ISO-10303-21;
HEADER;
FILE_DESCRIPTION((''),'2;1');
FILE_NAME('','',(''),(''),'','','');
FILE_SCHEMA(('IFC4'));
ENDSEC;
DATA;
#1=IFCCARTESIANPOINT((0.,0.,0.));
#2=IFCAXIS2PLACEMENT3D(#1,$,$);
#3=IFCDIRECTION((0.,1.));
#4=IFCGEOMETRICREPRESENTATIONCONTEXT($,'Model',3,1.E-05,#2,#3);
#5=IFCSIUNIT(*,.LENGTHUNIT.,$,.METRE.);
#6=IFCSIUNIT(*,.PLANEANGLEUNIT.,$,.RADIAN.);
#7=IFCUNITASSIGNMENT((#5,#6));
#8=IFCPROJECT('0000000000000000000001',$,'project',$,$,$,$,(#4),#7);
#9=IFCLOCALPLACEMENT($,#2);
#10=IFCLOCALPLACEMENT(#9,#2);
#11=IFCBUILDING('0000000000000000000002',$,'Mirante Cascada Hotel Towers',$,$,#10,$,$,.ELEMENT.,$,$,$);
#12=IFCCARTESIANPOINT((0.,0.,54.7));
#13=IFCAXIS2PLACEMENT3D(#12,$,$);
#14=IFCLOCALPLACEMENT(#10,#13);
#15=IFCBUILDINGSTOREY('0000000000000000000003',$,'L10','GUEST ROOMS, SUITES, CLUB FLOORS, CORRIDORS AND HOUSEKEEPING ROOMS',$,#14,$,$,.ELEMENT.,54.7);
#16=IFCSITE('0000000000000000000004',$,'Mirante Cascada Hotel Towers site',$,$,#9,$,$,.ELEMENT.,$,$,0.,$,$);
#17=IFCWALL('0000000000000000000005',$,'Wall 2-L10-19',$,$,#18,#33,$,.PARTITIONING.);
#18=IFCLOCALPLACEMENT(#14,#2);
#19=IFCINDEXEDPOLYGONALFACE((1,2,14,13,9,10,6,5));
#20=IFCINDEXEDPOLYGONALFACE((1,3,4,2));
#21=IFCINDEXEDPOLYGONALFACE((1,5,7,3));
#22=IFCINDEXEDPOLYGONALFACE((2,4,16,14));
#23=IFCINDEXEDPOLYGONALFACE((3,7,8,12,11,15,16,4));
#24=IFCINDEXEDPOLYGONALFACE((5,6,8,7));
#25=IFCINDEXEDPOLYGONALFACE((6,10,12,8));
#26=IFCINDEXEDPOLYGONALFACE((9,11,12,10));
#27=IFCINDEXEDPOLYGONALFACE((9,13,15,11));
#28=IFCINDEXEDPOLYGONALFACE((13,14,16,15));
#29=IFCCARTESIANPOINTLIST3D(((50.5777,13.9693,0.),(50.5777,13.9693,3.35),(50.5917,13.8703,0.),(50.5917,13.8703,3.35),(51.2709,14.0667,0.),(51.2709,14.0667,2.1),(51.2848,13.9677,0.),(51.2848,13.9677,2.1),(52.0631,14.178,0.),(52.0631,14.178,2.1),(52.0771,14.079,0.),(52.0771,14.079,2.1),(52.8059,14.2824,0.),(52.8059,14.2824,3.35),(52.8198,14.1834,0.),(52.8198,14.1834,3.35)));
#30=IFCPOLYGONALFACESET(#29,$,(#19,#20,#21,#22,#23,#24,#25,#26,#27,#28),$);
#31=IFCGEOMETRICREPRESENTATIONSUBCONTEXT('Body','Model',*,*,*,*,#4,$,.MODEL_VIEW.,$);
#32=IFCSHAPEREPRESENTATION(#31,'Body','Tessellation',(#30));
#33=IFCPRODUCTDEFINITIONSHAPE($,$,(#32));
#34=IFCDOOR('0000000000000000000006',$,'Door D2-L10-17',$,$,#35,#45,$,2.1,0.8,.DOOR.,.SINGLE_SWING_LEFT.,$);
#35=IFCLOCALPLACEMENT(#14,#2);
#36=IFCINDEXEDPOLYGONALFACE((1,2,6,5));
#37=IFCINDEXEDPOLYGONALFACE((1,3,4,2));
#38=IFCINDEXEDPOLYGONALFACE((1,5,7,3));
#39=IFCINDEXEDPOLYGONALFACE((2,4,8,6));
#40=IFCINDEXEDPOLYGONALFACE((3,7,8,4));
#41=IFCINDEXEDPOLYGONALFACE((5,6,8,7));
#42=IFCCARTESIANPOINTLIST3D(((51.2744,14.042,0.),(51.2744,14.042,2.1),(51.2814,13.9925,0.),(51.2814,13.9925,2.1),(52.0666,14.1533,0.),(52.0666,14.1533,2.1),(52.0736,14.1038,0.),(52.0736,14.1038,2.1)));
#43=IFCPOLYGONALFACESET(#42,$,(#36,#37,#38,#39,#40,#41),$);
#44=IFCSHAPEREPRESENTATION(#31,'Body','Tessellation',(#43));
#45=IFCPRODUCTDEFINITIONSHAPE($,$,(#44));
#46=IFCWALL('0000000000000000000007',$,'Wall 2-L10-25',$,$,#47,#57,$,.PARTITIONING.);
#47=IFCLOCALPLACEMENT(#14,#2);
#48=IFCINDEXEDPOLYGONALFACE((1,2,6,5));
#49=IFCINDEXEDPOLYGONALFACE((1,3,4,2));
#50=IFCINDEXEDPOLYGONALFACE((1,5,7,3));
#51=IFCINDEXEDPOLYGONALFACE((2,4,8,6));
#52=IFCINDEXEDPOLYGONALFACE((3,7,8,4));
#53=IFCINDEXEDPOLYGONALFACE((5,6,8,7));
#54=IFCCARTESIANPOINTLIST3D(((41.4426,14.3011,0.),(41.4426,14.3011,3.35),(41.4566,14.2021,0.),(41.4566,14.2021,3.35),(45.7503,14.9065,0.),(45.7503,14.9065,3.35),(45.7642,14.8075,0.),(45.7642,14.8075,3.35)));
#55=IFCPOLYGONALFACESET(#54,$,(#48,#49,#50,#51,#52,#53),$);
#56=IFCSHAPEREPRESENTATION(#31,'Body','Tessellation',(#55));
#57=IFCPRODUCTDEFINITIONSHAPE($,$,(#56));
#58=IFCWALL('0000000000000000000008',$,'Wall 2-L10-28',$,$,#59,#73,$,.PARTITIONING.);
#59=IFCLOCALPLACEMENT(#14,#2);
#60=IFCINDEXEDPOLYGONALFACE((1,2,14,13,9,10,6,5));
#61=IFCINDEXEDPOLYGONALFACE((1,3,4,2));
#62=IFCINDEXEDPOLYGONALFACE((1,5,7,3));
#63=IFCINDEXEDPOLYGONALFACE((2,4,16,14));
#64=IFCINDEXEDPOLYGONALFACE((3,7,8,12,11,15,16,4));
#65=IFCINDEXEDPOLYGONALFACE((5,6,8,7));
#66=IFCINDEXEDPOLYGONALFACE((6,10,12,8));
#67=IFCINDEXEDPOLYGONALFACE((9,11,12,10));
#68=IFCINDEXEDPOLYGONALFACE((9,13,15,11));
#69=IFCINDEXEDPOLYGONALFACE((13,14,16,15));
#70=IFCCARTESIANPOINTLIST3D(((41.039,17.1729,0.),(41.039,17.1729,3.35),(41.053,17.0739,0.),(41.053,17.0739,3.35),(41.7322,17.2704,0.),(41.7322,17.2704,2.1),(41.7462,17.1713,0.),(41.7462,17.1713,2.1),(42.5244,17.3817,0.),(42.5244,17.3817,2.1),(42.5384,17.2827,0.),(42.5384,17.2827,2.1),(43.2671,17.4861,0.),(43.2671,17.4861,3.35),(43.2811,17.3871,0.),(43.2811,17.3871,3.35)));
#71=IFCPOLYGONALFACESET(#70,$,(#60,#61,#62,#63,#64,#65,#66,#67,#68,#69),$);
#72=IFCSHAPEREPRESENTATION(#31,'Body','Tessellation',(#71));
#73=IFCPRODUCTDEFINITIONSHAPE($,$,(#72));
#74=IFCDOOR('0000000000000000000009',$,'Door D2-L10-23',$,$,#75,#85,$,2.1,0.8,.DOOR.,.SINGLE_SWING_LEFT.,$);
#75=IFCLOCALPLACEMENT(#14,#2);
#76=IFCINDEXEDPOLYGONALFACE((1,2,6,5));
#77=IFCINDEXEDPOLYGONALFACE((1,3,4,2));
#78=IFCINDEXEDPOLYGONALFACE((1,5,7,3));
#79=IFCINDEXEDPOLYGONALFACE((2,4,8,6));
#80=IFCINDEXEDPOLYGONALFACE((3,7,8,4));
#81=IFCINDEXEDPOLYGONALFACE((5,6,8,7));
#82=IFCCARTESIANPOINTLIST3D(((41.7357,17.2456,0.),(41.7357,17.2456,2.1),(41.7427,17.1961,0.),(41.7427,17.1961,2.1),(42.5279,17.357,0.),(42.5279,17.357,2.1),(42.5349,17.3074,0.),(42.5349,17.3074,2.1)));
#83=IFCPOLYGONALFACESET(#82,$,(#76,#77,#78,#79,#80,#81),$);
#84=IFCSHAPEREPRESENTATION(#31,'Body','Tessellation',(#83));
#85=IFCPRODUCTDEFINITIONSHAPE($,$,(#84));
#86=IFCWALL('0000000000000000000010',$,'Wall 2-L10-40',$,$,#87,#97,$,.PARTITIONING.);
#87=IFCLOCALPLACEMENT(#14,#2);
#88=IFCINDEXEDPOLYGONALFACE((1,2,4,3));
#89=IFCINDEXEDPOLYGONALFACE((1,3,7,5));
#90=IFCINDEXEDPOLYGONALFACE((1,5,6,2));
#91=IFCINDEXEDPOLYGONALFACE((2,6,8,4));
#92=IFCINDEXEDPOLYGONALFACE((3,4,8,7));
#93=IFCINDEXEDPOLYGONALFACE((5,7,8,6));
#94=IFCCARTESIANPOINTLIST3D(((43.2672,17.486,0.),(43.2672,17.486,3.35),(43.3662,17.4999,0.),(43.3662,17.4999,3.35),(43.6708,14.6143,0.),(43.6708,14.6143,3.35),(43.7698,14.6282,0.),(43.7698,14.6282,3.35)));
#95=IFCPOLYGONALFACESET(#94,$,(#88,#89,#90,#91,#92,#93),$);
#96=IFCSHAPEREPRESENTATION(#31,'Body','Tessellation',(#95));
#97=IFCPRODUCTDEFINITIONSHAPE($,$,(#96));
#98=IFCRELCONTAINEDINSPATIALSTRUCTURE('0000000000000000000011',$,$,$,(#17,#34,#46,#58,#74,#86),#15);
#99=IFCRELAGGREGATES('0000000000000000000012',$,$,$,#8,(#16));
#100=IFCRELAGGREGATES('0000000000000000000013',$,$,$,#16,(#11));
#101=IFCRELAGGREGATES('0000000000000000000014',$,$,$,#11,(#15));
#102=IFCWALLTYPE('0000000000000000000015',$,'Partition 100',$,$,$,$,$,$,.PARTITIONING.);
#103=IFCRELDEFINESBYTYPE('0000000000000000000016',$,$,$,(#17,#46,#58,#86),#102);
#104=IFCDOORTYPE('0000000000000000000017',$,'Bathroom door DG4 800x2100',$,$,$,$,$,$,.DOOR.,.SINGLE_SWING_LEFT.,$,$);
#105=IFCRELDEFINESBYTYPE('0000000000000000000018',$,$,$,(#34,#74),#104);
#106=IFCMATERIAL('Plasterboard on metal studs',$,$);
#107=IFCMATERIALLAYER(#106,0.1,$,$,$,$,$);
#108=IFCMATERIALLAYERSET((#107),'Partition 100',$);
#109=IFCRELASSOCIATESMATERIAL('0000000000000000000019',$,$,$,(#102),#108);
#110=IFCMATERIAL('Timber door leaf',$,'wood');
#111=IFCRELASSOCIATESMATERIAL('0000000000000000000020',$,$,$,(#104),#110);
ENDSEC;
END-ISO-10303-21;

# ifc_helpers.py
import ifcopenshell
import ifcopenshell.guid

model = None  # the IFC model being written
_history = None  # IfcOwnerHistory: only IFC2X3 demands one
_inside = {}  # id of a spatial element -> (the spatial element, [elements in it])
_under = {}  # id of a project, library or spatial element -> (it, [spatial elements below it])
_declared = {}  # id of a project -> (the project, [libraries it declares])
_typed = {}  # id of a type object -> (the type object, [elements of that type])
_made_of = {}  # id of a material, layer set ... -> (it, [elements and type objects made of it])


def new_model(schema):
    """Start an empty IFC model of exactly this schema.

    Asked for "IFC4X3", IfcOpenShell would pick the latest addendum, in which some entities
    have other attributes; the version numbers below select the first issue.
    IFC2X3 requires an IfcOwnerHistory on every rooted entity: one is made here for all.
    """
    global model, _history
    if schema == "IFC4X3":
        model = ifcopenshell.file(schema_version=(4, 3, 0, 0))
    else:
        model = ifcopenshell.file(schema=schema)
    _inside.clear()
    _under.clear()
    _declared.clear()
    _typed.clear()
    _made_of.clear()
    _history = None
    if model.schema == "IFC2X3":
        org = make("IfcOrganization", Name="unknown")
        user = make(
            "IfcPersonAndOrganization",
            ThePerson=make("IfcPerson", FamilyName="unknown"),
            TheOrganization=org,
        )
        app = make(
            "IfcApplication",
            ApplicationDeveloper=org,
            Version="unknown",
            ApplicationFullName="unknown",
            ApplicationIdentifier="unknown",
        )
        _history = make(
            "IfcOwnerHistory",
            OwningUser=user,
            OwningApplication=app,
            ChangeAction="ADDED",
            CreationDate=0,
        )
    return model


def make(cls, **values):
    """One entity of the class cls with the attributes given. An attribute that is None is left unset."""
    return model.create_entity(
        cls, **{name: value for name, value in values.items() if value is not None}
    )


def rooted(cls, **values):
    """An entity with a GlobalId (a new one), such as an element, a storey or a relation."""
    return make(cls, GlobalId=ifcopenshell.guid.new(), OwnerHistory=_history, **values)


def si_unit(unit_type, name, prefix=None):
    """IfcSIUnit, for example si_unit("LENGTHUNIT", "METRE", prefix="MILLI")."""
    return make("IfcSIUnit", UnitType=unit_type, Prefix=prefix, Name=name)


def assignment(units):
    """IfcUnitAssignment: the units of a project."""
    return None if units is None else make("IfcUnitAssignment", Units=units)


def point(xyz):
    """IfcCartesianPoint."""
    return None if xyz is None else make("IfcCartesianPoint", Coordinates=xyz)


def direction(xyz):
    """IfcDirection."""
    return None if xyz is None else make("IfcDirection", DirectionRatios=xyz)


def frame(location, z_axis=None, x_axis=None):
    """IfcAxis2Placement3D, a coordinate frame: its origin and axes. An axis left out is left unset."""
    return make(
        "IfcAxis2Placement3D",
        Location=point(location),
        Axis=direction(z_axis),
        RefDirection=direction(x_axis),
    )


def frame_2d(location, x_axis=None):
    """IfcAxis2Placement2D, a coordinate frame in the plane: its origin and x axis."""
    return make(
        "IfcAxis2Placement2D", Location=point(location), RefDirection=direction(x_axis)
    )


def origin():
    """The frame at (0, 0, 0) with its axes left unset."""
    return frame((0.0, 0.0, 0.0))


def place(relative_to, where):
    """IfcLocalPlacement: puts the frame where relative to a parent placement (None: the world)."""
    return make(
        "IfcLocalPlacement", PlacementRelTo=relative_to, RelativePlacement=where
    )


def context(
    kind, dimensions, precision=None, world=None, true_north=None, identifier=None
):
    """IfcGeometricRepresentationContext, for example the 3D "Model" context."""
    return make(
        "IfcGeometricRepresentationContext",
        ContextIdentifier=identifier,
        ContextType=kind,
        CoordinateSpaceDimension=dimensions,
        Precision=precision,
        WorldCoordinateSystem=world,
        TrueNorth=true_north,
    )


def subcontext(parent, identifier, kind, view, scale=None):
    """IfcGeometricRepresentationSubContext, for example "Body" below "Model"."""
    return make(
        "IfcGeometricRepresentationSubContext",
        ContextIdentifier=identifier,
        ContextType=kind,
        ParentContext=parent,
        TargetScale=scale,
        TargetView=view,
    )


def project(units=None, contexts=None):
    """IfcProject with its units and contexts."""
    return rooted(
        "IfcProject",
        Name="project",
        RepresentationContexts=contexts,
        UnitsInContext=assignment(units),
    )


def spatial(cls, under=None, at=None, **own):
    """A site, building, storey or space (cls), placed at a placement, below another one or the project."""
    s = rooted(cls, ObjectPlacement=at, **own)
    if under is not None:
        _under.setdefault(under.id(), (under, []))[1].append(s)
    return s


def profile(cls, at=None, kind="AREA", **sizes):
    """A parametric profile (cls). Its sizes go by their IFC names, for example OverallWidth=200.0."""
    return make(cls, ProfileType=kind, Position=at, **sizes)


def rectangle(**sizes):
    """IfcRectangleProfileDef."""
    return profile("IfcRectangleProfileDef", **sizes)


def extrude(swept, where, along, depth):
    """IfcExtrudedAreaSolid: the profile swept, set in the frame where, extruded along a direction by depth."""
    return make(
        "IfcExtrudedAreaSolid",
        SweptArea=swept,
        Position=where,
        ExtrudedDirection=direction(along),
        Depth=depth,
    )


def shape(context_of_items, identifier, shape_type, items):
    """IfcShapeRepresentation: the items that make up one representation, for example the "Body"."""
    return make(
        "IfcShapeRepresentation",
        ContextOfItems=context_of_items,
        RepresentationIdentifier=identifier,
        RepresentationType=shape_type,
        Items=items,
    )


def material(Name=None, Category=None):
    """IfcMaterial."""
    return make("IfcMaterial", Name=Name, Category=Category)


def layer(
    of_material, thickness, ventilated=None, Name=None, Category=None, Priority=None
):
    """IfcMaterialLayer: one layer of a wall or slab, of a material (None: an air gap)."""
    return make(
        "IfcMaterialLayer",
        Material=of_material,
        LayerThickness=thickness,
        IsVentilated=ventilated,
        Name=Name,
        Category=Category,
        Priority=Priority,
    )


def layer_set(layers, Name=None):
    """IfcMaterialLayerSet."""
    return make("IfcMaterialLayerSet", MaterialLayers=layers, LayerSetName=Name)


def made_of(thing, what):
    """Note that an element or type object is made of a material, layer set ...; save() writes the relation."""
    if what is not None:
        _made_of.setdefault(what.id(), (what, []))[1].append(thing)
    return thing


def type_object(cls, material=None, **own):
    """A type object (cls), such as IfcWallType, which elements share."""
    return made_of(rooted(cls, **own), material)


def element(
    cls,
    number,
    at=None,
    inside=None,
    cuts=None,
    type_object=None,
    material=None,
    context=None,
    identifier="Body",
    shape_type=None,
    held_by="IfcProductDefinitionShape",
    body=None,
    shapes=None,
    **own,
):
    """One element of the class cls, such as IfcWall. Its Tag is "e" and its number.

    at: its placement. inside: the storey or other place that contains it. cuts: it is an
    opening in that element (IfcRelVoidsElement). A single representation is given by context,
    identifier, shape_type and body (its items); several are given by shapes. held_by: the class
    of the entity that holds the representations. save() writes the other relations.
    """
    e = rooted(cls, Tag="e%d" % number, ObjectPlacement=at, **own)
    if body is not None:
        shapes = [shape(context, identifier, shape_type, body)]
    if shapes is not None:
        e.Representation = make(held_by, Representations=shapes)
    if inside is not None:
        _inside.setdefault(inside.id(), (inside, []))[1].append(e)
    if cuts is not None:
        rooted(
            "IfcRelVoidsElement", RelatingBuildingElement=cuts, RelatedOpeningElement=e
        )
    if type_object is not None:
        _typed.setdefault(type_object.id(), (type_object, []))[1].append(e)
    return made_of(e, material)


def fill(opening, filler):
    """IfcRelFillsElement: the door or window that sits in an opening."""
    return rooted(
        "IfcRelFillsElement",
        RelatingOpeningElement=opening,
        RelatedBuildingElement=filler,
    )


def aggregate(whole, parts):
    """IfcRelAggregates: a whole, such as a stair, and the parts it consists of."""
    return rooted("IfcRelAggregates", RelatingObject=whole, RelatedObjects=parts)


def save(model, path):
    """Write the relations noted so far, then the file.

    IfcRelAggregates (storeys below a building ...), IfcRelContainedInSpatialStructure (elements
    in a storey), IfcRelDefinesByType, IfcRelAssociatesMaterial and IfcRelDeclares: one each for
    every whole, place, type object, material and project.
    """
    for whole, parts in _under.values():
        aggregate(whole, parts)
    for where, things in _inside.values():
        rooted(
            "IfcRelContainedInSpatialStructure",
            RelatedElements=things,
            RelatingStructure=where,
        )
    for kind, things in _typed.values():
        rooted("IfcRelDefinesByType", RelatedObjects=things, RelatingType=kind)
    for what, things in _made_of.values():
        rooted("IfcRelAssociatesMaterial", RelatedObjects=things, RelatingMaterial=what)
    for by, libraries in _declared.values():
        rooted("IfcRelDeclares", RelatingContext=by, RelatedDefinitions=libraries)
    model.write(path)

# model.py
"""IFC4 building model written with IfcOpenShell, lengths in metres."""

from ifc_helpers import new_model, si_unit, direction, frame, frame_2d, origin, place, context, subcontext, project, spatial, rectangle, extrude, material, layer, layer_set, type_object, element, fill, save


model = new_model("IFC4")

# Units and contexts
model_context = context("Model", 3, precision=1e-05, world=origin(), true_north=direction((0.0, 1.0)))
body_context = subcontext(model_context, "Body", "Model", "MODEL_VIEW")
ifc_project = project(units=[si_unit("LENGTHUNIT", "METRE"), si_unit("PLANEANGLEUNIT", "RADIAN")], contexts=[model_context])

# Site, building, storey
site_placement = place(None, origin())
site = spatial("IfcSite", under=ifc_project, at=site_placement, Name="Mirante Cascada Hotel Towers site", CompositionType="ELEMENT", RefElevation=0.0)
building_placement = place(site_placement, origin())
building = spatial("IfcBuilding", under=site, at=building_placement, Name="Mirante Cascada Hotel Towers", CompositionType="ELEMENT")
storey_placement = place(building_placement, frame((0.0, 0.0, 54.7)))
storey = spatial("IfcBuildingStorey", under=building, at=storey_placement, Name="L10", Description="GUEST ROOMS, SUITES, CLUB FLOORS, CORRIDORS AND HOUSEKEEPING ROOMS", CompositionType="ELEMENT", Elevation=54.7)

# Wall, opening, door
ifc_material_1 = material(Name="Plasterboard on metal studs")
ifc_layer_1 = layer(ifc_material_1, 0.1)
ifc_layer_set_1 = layer_set([ifc_layer_1], Name="Partition 100")
wall_type_1 = type_object("IfcWallType", Name="Partition 100", PredefinedType="PARTITIONING", material=ifc_layer_set_1)
ifc_material_2 = material(Name="Timber door leaf", Category="wood")
door_type = type_object("IfcDoorType", Name="Bathroom door DG4 800x2100", OperationType="SINGLE_SWING_LEFT", PredefinedType="DOOR", material=ifc_material_2)
wall_1_placement = place(storey_placement, frame((50.5847, 13.9198, 0.0), z_axis=(0.0, 0.0, 1.0), x_axis=(0.990271, 0.139156, 0.0)))
wall_1 = element("IfcWall", 1, at=wall_1_placement, inside=storey, type_object=wall_type_1, Name="Wall 2-L10-19", PredefinedType="PARTITIONING", context=body_context, shape_type="SweptSolid", body=[
    extrude(rectangle(XDim=2.25, YDim=0.1, at=frame_2d((1.125, 0.0))), origin(), (0.0, 0.0, 1.0), 3.35),
])
opening_1_placement = place(wall_1_placement, frame((0.7, 0.0, 0.0)))
opening_1 = element("IfcOpeningElement", 2, at=opening_1_placement, cuts=wall_1, PredefinedType="OPENING", context=body_context, shape_type="SweptSolid", body=[
    extrude(rectangle(XDim=0.8, YDim=2.1, at=frame_2d((0.4, 1.05))), frame((0.0, 0.05, 0.0), z_axis=(0.0, -1.0, 0.0), x_axis=(1.0, 0.0, 0.0)), (0.0, 0.0, 1.0), 0.1),
])
door_1_placement = place(opening_1_placement, origin())
door_1 = element("IfcDoor", 3, at=door_1_placement, inside=storey, type_object=door_type, Name="Door D2-L10-17", OperationType="SINGLE_SWING_LEFT", OverallHeight=2.1, OverallWidth=0.8, PredefinedType="DOOR", context=body_context, shape_type="SweptSolid", body=[
    extrude(rectangle(XDim=0.8, YDim=2.1, at=frame_2d((0.4, 1.05))), frame((0.0, 0.025, 0.0), z_axis=(0.0, -1.0, 0.0), x_axis=(1.0, 0.0, 0.0)), (0.0, 0.0, 1.0), 0.05),
])
fill(opening_1, door_1)

# Wall
wall_2_placement = place(storey_placement, frame((41.4496, 14.2516, 0.0), z_axis=(0.0, 0.0, 1.0), x_axis=(0.990268, 0.139171, 0.0)))
element("IfcWall", 4, at=wall_2_placement, inside=storey, type_object=wall_type_1, Name="Wall 2-L10-25", PredefinedType="PARTITIONING", context=body_context, shape_type="SweptSolid", body=[
    extrude(rectangle(XDim=4.35, YDim=0.1, at=frame_2d((2.175, 0.0))), origin(), (0.0, 0.0, 1.0), 3.35),
])

# Wall, opening, door
wall_3_placement = place(storey_placement, frame((43.2741, 17.4366, 0.0), z_axis=(0.0, 0.0, 1.0), x_axis=(-0.990264, -0.1392, 0.0)))
wall_3 = element("IfcWall", 5, at=wall_3_placement, inside=storey, type_object=wall_type_1, Name="Wall 2-L10-28", PredefinedType="PARTITIONING", context=body_context, shape_type="SweptSolid", body=[
    extrude(rectangle(XDim=2.25, YDim=0.1, at=frame_2d((1.125, 0.0))), origin(), (0.0, 0.0, 1.0), 3.35),
])
opening_2_placement = place(wall_3_placement, frame((0.75, 0.0, 0.0)))
opening_2 = element("IfcOpeningElement", 6, at=opening_2_placement, cuts=wall_3, PredefinedType="OPENING", context=body_context, shape_type="SweptSolid", body=[
    extrude(rectangle(XDim=0.8, YDim=2.1, at=frame_2d((0.4, 1.05))), frame((0.0, 0.05, 0.0), z_axis=(0.0, -1.0, 0.0), x_axis=(1.0, 0.0, 0.0)), (0.0, 0.0, 1.0), 0.1),
])
door_2_placement = place(opening_2_placement, origin())
door_2 = element("IfcDoor", 7, at=door_2_placement, inside=storey, type_object=door_type, Name="Door D2-L10-23", OperationType="SINGLE_SWING_LEFT", OverallHeight=2.1, OverallWidth=0.8, PredefinedType="DOOR", context=body_context, shape_type="SweptSolid", body=[
    extrude(rectangle(XDim=0.8, YDim=2.1, at=frame_2d((0.4, 1.05))), frame((0.0, 0.025, 0.0), z_axis=(0.0, -1.0, 0.0), x_axis=(1.0, 0.0, 0.0)), (0.0, 0.0, 1.0), 0.05),
])
fill(opening_2, door_2)

# Wall
wall_4_placement = place(storey_placement, frame((43.3167, 17.493, 0.0), z_axis=(0.0, 0.0, 1.0), x_axis=(0.139176, -0.990268, 0.0)))
element("IfcWall", 8, at=wall_4_placement, inside=storey, type_object=wall_type_1, Name="Wall 2-L10-40", PredefinedType="PARTITIONING", context=body_context, shape_type="SweptSolid", body=[
    extrude(rectangle(XDim=2.8999, YDim=0.1, at=frame_2d((1.45, 0.0))), origin(), (0.0, 0.0, 1.0), 3.35),
])

save(model, "model.ifc")
